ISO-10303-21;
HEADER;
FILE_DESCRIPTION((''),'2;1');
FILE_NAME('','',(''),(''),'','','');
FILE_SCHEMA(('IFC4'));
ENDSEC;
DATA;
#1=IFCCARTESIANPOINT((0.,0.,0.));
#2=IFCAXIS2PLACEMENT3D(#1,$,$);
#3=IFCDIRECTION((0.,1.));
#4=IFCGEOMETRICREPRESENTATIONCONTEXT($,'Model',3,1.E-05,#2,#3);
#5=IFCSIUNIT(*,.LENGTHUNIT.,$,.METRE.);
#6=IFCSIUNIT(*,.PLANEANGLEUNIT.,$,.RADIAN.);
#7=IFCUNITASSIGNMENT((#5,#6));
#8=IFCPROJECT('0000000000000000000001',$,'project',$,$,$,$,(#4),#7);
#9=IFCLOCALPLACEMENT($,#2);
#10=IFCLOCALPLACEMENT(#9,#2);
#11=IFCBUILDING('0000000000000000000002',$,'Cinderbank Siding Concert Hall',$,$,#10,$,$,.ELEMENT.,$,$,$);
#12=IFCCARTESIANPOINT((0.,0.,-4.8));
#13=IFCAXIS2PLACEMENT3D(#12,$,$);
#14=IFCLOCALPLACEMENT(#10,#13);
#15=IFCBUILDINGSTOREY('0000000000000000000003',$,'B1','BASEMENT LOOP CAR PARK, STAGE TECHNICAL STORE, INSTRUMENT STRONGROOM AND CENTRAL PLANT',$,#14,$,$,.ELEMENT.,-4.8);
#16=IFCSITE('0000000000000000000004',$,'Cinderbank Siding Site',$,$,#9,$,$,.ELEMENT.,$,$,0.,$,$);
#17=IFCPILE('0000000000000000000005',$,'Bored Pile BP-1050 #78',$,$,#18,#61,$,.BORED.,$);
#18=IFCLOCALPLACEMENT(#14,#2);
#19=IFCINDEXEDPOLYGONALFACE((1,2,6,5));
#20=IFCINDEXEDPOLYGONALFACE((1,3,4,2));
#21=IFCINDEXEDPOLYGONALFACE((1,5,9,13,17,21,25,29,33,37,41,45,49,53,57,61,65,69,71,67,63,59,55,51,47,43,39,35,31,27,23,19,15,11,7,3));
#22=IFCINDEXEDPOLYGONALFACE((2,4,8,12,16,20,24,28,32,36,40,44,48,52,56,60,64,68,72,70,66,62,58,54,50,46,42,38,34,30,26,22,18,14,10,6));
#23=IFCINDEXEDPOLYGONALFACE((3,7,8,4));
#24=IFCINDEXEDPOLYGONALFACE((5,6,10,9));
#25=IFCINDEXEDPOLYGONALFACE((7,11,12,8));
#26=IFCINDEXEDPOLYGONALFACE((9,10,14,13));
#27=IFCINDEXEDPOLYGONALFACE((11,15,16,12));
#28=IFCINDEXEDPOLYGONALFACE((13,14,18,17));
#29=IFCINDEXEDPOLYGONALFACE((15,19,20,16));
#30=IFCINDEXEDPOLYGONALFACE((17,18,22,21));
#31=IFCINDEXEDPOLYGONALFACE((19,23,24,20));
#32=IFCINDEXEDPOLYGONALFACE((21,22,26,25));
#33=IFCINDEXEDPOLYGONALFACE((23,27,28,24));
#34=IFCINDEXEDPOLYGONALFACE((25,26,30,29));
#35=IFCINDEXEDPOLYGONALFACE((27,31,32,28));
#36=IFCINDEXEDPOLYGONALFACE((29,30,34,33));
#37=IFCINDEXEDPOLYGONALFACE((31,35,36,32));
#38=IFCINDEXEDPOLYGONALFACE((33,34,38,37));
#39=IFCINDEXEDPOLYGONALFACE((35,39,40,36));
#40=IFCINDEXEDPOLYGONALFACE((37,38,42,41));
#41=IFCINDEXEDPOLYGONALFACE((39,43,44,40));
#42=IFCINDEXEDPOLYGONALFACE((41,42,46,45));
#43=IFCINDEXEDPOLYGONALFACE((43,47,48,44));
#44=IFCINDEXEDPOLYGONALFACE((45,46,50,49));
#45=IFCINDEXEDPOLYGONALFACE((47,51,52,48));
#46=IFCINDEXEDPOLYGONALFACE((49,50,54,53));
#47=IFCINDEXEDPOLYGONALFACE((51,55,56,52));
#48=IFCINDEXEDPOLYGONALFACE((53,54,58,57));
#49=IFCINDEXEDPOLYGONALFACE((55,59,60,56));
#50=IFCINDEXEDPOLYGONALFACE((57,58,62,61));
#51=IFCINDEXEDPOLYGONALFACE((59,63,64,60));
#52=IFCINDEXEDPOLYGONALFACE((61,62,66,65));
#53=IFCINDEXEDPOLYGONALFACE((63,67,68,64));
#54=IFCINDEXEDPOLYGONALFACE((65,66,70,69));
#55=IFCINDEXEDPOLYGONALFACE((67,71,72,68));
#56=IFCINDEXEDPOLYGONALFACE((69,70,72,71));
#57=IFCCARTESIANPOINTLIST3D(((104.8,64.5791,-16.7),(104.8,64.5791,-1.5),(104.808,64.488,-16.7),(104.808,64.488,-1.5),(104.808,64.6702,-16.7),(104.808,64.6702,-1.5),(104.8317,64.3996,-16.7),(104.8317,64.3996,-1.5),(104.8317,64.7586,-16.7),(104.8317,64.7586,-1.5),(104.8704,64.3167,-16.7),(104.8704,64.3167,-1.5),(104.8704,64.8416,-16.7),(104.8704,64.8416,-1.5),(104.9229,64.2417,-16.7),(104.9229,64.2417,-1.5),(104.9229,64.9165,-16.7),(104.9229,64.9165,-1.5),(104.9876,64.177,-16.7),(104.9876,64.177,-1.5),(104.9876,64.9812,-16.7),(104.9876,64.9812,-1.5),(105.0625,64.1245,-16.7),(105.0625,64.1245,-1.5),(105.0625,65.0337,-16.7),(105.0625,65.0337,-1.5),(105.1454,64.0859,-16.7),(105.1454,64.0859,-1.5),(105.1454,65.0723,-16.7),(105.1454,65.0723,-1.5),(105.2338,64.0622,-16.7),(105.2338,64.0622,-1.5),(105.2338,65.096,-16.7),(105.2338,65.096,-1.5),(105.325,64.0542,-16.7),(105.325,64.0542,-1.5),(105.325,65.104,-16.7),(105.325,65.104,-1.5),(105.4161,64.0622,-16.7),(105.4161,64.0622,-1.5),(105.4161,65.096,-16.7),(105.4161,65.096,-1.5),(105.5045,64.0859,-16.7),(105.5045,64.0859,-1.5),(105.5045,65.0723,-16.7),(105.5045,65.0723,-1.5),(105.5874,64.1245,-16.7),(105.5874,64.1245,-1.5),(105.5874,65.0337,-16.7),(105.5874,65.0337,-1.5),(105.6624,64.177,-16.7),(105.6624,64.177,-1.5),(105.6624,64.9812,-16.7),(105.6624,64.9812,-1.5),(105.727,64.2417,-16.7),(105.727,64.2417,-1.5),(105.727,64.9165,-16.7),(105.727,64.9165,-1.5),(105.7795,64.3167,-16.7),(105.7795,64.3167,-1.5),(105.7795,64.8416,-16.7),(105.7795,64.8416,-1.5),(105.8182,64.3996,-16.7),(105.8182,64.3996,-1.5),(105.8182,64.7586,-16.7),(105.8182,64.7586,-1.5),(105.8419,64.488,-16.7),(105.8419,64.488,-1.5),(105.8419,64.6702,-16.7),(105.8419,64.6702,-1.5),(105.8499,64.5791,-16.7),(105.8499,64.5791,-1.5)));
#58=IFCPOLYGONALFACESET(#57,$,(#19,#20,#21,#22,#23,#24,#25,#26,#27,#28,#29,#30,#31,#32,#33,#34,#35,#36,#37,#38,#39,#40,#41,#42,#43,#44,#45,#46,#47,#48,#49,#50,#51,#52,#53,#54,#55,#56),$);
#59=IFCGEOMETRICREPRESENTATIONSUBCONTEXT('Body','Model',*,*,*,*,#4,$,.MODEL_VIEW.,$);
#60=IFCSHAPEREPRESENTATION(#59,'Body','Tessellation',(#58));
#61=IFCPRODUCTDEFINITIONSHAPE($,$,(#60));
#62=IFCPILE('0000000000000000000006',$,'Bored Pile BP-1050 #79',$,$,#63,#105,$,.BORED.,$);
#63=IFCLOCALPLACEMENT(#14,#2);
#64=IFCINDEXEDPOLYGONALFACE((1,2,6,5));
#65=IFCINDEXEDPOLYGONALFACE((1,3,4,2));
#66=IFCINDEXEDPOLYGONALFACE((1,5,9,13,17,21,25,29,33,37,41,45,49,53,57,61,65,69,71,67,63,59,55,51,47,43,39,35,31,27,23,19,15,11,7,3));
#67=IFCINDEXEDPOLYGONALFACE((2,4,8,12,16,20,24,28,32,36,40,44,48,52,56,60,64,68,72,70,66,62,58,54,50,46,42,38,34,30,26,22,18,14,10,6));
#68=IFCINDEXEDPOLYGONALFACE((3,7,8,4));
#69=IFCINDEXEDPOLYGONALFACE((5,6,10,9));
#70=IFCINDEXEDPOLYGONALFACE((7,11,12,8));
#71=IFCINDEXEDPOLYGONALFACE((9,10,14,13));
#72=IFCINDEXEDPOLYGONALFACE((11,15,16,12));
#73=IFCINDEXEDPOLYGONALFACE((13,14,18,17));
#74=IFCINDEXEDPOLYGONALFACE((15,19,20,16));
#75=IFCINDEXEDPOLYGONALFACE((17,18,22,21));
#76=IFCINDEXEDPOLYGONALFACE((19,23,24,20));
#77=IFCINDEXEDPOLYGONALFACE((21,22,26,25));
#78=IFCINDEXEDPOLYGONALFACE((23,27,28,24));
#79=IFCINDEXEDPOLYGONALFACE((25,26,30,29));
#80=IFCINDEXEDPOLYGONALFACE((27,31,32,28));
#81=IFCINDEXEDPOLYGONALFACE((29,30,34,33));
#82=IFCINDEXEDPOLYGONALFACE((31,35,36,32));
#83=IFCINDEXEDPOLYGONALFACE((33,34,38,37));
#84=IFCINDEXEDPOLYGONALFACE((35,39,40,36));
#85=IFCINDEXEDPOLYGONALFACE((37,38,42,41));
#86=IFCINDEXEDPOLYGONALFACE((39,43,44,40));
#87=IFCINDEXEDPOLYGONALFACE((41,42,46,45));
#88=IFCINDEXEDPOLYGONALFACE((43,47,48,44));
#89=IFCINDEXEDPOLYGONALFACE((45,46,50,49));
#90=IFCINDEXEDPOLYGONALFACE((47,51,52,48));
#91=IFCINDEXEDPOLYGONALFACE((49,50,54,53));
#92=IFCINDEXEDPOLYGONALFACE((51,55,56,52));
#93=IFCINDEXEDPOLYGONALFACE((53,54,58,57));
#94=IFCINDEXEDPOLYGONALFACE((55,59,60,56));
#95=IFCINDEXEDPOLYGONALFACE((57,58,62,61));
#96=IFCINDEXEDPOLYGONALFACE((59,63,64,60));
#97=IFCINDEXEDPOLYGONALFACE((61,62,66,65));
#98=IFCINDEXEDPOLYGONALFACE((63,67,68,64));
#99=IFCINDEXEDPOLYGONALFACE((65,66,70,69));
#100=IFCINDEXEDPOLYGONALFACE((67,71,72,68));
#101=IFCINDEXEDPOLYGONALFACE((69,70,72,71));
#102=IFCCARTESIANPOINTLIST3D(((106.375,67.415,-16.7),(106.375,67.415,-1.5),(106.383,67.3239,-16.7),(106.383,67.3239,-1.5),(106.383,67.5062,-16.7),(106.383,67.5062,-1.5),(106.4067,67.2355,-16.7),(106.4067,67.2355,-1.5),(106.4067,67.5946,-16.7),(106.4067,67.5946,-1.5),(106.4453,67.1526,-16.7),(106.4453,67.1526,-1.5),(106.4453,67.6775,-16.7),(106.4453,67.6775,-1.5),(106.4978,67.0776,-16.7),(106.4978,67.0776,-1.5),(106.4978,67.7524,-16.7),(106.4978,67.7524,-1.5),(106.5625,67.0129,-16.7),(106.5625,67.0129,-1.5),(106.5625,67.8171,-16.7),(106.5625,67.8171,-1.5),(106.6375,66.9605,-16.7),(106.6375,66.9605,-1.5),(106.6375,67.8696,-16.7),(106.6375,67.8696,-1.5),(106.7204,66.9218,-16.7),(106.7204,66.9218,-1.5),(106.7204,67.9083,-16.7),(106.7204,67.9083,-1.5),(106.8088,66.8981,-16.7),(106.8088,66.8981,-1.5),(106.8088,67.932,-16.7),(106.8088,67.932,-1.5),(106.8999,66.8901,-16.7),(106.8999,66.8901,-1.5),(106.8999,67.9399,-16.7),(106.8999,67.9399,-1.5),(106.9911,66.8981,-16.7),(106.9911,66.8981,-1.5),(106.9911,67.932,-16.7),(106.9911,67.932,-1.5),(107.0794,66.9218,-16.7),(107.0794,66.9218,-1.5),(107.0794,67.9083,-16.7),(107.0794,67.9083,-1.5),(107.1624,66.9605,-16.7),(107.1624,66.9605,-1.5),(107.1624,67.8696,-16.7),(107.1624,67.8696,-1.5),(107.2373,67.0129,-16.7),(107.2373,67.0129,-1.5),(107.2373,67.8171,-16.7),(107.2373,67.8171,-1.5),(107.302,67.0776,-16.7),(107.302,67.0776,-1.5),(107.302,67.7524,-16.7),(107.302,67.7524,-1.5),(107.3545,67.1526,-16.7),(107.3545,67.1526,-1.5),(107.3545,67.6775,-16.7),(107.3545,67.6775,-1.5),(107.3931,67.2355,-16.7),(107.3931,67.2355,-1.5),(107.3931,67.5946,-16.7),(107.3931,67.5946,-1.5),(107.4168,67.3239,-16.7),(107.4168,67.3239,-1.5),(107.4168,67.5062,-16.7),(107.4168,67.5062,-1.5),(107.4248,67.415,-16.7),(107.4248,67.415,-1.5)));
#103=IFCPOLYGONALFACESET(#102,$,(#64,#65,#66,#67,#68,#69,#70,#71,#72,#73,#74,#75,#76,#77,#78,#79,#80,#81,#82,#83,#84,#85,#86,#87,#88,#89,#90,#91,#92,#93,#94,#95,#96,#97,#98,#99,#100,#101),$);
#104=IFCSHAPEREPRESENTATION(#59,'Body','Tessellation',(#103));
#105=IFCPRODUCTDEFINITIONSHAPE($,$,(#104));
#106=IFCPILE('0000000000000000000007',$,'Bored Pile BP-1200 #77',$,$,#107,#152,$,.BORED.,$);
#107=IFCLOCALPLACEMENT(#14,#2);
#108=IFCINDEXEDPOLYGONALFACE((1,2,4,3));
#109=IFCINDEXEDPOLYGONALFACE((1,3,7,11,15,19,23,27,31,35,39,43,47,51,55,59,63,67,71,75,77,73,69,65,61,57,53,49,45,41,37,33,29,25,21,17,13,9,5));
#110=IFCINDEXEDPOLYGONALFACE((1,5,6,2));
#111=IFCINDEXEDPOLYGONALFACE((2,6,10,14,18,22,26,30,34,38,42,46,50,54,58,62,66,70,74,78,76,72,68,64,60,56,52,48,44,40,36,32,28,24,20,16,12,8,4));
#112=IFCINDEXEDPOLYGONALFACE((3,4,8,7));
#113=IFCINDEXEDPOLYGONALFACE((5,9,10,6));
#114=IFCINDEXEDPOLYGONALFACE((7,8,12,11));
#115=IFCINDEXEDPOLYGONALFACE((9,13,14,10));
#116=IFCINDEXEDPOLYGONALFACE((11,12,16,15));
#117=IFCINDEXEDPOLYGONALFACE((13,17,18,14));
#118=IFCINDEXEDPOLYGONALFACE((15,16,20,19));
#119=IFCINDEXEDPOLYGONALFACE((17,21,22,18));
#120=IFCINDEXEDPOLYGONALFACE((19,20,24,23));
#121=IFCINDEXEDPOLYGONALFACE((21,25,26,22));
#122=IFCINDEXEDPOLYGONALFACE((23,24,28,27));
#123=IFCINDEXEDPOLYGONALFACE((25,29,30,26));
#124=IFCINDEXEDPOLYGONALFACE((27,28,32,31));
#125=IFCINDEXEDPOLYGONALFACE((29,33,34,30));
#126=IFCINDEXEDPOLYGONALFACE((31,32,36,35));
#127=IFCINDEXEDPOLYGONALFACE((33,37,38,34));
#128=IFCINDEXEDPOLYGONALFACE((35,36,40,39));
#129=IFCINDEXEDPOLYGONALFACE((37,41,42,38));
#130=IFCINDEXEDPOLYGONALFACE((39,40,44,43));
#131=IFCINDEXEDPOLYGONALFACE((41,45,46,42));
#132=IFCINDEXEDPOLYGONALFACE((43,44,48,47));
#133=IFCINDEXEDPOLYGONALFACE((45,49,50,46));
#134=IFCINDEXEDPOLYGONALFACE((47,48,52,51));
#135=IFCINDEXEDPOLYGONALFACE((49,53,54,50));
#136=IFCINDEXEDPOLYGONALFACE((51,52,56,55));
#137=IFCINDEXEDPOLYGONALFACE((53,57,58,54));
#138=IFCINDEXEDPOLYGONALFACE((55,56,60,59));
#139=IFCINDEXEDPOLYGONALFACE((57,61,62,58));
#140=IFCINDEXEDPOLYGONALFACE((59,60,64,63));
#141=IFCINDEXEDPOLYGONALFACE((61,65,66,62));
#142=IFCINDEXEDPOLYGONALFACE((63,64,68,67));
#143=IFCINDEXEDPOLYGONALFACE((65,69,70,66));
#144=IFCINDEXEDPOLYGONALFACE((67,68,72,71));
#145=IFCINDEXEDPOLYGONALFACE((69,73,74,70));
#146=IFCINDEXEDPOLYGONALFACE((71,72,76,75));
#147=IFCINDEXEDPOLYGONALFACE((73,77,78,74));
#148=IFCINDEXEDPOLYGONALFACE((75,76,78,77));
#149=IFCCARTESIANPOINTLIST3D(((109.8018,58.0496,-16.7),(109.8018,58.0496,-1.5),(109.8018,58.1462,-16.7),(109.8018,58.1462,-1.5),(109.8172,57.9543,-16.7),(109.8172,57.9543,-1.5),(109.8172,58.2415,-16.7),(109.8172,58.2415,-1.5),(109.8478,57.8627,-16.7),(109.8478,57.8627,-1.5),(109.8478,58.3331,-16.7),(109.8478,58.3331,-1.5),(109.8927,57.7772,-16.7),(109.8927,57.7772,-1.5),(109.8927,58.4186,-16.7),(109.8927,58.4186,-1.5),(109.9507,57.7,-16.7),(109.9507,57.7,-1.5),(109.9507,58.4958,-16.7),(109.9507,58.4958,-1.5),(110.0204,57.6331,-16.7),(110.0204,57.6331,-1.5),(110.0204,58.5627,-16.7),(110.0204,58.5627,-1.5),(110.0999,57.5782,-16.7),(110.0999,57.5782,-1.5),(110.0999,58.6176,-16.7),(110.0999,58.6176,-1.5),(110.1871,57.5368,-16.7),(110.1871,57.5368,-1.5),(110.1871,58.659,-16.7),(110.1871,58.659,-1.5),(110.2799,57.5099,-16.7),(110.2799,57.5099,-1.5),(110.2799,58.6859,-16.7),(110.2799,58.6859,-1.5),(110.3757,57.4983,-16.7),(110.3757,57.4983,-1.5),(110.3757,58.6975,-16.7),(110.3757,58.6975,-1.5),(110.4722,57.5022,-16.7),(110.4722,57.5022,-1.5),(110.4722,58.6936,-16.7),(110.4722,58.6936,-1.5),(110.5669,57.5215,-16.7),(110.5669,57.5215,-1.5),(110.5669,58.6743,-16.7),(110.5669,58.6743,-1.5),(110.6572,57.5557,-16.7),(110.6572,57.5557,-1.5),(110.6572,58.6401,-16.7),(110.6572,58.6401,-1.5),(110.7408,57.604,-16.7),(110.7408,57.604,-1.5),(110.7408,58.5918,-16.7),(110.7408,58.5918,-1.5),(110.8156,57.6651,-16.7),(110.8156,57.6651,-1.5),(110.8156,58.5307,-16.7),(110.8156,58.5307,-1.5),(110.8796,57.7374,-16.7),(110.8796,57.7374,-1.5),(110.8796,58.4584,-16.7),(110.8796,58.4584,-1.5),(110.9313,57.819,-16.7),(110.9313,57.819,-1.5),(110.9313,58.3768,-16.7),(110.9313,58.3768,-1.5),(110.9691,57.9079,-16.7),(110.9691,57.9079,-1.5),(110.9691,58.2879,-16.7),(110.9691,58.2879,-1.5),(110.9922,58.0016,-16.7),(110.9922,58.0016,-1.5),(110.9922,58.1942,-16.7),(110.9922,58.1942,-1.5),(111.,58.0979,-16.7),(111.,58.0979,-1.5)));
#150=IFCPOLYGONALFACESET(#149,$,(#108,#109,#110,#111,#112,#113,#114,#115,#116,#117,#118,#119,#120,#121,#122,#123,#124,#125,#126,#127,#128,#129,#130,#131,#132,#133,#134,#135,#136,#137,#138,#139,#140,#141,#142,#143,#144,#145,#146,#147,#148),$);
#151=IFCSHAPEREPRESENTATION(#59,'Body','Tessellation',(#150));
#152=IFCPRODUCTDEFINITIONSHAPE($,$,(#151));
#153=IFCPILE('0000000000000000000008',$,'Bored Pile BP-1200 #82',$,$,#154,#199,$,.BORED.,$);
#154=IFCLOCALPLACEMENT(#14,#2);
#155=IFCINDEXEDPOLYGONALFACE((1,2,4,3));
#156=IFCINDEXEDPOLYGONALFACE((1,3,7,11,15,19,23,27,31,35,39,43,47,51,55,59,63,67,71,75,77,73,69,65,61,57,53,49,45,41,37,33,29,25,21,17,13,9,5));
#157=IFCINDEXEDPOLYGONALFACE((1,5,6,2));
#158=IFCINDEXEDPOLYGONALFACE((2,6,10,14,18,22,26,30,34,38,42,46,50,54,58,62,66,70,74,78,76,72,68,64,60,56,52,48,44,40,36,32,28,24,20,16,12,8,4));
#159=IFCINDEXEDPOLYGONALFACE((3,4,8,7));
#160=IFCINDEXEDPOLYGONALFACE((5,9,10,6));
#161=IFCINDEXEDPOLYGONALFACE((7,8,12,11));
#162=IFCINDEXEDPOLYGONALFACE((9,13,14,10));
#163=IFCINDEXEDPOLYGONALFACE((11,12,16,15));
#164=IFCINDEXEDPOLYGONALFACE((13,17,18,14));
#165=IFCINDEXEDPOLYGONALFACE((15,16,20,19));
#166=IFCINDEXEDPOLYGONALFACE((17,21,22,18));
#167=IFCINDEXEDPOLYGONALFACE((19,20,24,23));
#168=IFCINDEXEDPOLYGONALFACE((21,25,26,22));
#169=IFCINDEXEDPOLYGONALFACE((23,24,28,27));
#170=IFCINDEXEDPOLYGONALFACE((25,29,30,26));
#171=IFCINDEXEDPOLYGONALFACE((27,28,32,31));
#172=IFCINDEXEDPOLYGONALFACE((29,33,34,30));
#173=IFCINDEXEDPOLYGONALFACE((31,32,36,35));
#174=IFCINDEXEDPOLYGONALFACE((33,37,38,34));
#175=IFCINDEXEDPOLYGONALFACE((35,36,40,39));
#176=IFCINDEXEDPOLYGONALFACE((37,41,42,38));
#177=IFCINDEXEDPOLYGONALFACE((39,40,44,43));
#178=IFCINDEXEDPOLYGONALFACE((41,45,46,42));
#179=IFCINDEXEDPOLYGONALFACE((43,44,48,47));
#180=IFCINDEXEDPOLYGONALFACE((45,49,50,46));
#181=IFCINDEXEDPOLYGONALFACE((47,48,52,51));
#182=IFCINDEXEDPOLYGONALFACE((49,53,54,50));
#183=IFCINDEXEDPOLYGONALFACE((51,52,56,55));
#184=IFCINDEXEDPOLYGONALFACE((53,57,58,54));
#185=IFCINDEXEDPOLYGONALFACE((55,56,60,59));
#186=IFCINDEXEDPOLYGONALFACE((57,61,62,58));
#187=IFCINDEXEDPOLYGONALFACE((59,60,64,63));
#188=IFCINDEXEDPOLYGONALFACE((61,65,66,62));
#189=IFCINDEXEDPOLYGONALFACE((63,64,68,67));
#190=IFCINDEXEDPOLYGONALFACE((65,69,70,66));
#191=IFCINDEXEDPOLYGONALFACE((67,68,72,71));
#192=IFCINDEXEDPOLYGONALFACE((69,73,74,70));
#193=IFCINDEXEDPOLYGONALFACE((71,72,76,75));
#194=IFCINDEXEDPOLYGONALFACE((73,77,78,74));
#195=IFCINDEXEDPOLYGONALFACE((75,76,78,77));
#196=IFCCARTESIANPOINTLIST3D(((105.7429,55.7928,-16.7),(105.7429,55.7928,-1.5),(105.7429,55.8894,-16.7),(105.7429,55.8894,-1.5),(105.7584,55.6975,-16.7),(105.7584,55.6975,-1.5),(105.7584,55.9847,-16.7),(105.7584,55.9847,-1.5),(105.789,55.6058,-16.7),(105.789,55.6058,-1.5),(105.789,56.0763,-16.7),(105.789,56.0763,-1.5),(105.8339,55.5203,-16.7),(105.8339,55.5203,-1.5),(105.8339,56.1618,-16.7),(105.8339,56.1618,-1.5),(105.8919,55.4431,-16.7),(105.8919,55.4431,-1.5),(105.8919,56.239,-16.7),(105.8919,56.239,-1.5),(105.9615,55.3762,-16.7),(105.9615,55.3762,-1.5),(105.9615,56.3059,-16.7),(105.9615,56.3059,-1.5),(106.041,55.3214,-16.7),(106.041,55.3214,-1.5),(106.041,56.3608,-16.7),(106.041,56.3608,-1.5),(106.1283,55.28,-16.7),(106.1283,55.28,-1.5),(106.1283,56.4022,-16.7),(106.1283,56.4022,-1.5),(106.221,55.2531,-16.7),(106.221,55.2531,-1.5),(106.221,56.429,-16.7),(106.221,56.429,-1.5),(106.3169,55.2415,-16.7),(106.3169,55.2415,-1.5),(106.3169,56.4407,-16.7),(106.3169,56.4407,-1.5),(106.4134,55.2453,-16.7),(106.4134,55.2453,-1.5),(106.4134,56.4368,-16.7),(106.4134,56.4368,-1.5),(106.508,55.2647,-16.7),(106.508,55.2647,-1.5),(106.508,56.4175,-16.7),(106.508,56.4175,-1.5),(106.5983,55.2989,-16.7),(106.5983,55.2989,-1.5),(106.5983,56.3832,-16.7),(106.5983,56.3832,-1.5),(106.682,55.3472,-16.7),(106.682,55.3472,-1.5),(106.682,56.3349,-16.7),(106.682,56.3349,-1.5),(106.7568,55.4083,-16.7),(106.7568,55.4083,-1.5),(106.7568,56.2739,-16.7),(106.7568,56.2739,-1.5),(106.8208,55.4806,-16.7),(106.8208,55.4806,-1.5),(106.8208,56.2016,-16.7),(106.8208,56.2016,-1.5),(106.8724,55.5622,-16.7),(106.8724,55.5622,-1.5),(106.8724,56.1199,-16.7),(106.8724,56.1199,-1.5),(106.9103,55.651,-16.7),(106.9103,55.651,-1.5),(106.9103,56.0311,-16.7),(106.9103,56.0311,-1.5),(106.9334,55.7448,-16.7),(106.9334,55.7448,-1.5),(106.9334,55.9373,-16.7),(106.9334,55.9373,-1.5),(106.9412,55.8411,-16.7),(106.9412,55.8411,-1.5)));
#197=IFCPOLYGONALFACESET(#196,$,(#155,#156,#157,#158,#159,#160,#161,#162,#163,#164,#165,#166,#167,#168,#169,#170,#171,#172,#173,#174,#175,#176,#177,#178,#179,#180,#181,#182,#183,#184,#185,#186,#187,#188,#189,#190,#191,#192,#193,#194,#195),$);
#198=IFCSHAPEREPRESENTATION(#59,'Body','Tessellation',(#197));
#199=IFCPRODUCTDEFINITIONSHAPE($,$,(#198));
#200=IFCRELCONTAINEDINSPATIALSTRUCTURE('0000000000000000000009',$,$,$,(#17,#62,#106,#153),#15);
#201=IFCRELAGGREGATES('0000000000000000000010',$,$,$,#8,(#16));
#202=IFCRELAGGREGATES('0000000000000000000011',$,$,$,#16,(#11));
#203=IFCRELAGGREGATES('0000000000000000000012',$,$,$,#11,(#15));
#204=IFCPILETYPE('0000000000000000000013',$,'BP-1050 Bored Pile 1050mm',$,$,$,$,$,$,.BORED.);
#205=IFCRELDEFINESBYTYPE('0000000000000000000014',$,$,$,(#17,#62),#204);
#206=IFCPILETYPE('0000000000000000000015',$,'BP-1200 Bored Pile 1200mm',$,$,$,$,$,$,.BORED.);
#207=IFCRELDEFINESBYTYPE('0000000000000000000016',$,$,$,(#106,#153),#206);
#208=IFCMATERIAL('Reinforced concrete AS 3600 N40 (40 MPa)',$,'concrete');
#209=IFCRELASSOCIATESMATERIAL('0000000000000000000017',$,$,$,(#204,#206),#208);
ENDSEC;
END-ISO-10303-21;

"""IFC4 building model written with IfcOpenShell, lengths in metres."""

from ifc_helpers import new_model, si_unit, direction, frame, origin, origin_2d, place, context, subcontext, project, spatial, circle, extrude, material, material_profile, profile_set, type_object, element, save


model = new_model("IFC4")

# Units and contexts
model_context = context("Model", 3, precision=1e-05, world=origin(), true_north=direction((0.0, 1.0)))
body_context = subcontext(model_context, "Body", "Model", "MODEL_VIEW")
ifc_project = project(units=[si_unit("LENGTHUNIT", "METRE"), si_unit("PLANEANGLEUNIT", "RADIAN")], contexts=[model_context])

# Site, building, storey
site_placement = place(None, origin())
site = spatial("IfcSite", under=ifc_project, at=site_placement, Name="Cinderbank Siding Site", CompositionType="ELEMENT", RefElevation=0.0)
building_placement = place(site_placement, origin())
building = spatial("IfcBuilding", under=site, at=building_placement, Name="Cinderbank Siding Concert Hall", CompositionType="ELEMENT")
storey_placement = place(building_placement, frame((0.0, 0.0, -4.8)))
storey = spatial("IfcBuildingStorey", under=building, at=storey_placement, Name="B1", Description="BASEMENT LOOP CAR PARK, STAGE TECHNICAL STORE, INSTRUMENT STRONGROOM AND CENTRAL PLANT", CompositionType="ELEMENT", Elevation=-4.8)

# Piles
ifc_material_1 = material(Name="Reinforced concrete AS 3600 N40 (40 MPa)", Category="concrete")
ifc_material_profile_1 = material_profile(ifc_material_1, circle(Radius=0.5249, at=origin_2d()), Name="PILE-1050DIA", Category="LoadBearing")
ifc_profile_set_1 = profile_set([ifc_material_profile_1], Name="Reinforced concrete AS 3600 N40 (40 MPa)")
pile_type_1 = type_object("IfcPileType", Name="BP-1050 Bored Pile 1050mm", PredefinedType="BORED", material=ifc_profile_set_1)
for number, where, z_axis, x_axis, name in (
    (1, (105.325, 64.5791, -1.5), (0.0, 0.0, -1.0), (1.0, 0.0, 0.0), "Bored Pile BP-1050 #78"),
    (2, (106.8999, 67.415, -1.5), (0.0, 0.0, -1.0), (1.0, 0.0, 0.0), "Bored Pile BP-1050 #79"),
):
    element("IfcPile", number, at=place(storey_placement, frame(where, z_axis=z_axis, x_axis=x_axis)), inside=storey, type_object=pile_type_1, Name=name, PredefinedType="BORED", context=body_context, shape_type="SweptSolid", body=[
        extrude(circle(Radius=0.5249, at=origin_2d()), origin(), (0.0, 0.0, 1.0), 15.2),
    ])
ifc_material_profile_2 = material_profile(ifc_material_1, circle(Radius=0.6001, at=origin_2d()), Name="PILE-1200DIA", Category="LoadBearing")
ifc_profile_set_2 = profile_set([ifc_material_profile_2], Name="Reinforced concrete AS 3600 N40 (40 MPa)")
pile_type_2 = type_object("IfcPileType", Name="BP-1200 Bored Pile 1200mm", PredefinedType="BORED", material=ifc_profile_set_2)
for number, where, z_axis, x_axis, name in (
    (3, (110.3999, 58.0979, -1.5), (0.0, 0.0, -1.0), (1.0, 0.0, 0.0), "Bored Pile BP-1200 #77"),
    (4, (106.3411, 55.8411, -1.5), (0.0, 0.0, -1.0), (1.0, 0.0, 0.0), "Bored Pile BP-1200 #82"),
):
    element("IfcPile", number, at=place(storey_placement, frame(where, z_axis=z_axis, x_axis=x_axis)), inside=storey, type_object=pile_type_2, Name=name, PredefinedType="BORED", context=body_context, shape_type="SweptSolid", body=[
        extrude(circle(Radius=0.6001, at=origin_2d()), origin(), (0.0, 0.0, 1.0), 15.2),
    ])

save(model, "model.ifc")
